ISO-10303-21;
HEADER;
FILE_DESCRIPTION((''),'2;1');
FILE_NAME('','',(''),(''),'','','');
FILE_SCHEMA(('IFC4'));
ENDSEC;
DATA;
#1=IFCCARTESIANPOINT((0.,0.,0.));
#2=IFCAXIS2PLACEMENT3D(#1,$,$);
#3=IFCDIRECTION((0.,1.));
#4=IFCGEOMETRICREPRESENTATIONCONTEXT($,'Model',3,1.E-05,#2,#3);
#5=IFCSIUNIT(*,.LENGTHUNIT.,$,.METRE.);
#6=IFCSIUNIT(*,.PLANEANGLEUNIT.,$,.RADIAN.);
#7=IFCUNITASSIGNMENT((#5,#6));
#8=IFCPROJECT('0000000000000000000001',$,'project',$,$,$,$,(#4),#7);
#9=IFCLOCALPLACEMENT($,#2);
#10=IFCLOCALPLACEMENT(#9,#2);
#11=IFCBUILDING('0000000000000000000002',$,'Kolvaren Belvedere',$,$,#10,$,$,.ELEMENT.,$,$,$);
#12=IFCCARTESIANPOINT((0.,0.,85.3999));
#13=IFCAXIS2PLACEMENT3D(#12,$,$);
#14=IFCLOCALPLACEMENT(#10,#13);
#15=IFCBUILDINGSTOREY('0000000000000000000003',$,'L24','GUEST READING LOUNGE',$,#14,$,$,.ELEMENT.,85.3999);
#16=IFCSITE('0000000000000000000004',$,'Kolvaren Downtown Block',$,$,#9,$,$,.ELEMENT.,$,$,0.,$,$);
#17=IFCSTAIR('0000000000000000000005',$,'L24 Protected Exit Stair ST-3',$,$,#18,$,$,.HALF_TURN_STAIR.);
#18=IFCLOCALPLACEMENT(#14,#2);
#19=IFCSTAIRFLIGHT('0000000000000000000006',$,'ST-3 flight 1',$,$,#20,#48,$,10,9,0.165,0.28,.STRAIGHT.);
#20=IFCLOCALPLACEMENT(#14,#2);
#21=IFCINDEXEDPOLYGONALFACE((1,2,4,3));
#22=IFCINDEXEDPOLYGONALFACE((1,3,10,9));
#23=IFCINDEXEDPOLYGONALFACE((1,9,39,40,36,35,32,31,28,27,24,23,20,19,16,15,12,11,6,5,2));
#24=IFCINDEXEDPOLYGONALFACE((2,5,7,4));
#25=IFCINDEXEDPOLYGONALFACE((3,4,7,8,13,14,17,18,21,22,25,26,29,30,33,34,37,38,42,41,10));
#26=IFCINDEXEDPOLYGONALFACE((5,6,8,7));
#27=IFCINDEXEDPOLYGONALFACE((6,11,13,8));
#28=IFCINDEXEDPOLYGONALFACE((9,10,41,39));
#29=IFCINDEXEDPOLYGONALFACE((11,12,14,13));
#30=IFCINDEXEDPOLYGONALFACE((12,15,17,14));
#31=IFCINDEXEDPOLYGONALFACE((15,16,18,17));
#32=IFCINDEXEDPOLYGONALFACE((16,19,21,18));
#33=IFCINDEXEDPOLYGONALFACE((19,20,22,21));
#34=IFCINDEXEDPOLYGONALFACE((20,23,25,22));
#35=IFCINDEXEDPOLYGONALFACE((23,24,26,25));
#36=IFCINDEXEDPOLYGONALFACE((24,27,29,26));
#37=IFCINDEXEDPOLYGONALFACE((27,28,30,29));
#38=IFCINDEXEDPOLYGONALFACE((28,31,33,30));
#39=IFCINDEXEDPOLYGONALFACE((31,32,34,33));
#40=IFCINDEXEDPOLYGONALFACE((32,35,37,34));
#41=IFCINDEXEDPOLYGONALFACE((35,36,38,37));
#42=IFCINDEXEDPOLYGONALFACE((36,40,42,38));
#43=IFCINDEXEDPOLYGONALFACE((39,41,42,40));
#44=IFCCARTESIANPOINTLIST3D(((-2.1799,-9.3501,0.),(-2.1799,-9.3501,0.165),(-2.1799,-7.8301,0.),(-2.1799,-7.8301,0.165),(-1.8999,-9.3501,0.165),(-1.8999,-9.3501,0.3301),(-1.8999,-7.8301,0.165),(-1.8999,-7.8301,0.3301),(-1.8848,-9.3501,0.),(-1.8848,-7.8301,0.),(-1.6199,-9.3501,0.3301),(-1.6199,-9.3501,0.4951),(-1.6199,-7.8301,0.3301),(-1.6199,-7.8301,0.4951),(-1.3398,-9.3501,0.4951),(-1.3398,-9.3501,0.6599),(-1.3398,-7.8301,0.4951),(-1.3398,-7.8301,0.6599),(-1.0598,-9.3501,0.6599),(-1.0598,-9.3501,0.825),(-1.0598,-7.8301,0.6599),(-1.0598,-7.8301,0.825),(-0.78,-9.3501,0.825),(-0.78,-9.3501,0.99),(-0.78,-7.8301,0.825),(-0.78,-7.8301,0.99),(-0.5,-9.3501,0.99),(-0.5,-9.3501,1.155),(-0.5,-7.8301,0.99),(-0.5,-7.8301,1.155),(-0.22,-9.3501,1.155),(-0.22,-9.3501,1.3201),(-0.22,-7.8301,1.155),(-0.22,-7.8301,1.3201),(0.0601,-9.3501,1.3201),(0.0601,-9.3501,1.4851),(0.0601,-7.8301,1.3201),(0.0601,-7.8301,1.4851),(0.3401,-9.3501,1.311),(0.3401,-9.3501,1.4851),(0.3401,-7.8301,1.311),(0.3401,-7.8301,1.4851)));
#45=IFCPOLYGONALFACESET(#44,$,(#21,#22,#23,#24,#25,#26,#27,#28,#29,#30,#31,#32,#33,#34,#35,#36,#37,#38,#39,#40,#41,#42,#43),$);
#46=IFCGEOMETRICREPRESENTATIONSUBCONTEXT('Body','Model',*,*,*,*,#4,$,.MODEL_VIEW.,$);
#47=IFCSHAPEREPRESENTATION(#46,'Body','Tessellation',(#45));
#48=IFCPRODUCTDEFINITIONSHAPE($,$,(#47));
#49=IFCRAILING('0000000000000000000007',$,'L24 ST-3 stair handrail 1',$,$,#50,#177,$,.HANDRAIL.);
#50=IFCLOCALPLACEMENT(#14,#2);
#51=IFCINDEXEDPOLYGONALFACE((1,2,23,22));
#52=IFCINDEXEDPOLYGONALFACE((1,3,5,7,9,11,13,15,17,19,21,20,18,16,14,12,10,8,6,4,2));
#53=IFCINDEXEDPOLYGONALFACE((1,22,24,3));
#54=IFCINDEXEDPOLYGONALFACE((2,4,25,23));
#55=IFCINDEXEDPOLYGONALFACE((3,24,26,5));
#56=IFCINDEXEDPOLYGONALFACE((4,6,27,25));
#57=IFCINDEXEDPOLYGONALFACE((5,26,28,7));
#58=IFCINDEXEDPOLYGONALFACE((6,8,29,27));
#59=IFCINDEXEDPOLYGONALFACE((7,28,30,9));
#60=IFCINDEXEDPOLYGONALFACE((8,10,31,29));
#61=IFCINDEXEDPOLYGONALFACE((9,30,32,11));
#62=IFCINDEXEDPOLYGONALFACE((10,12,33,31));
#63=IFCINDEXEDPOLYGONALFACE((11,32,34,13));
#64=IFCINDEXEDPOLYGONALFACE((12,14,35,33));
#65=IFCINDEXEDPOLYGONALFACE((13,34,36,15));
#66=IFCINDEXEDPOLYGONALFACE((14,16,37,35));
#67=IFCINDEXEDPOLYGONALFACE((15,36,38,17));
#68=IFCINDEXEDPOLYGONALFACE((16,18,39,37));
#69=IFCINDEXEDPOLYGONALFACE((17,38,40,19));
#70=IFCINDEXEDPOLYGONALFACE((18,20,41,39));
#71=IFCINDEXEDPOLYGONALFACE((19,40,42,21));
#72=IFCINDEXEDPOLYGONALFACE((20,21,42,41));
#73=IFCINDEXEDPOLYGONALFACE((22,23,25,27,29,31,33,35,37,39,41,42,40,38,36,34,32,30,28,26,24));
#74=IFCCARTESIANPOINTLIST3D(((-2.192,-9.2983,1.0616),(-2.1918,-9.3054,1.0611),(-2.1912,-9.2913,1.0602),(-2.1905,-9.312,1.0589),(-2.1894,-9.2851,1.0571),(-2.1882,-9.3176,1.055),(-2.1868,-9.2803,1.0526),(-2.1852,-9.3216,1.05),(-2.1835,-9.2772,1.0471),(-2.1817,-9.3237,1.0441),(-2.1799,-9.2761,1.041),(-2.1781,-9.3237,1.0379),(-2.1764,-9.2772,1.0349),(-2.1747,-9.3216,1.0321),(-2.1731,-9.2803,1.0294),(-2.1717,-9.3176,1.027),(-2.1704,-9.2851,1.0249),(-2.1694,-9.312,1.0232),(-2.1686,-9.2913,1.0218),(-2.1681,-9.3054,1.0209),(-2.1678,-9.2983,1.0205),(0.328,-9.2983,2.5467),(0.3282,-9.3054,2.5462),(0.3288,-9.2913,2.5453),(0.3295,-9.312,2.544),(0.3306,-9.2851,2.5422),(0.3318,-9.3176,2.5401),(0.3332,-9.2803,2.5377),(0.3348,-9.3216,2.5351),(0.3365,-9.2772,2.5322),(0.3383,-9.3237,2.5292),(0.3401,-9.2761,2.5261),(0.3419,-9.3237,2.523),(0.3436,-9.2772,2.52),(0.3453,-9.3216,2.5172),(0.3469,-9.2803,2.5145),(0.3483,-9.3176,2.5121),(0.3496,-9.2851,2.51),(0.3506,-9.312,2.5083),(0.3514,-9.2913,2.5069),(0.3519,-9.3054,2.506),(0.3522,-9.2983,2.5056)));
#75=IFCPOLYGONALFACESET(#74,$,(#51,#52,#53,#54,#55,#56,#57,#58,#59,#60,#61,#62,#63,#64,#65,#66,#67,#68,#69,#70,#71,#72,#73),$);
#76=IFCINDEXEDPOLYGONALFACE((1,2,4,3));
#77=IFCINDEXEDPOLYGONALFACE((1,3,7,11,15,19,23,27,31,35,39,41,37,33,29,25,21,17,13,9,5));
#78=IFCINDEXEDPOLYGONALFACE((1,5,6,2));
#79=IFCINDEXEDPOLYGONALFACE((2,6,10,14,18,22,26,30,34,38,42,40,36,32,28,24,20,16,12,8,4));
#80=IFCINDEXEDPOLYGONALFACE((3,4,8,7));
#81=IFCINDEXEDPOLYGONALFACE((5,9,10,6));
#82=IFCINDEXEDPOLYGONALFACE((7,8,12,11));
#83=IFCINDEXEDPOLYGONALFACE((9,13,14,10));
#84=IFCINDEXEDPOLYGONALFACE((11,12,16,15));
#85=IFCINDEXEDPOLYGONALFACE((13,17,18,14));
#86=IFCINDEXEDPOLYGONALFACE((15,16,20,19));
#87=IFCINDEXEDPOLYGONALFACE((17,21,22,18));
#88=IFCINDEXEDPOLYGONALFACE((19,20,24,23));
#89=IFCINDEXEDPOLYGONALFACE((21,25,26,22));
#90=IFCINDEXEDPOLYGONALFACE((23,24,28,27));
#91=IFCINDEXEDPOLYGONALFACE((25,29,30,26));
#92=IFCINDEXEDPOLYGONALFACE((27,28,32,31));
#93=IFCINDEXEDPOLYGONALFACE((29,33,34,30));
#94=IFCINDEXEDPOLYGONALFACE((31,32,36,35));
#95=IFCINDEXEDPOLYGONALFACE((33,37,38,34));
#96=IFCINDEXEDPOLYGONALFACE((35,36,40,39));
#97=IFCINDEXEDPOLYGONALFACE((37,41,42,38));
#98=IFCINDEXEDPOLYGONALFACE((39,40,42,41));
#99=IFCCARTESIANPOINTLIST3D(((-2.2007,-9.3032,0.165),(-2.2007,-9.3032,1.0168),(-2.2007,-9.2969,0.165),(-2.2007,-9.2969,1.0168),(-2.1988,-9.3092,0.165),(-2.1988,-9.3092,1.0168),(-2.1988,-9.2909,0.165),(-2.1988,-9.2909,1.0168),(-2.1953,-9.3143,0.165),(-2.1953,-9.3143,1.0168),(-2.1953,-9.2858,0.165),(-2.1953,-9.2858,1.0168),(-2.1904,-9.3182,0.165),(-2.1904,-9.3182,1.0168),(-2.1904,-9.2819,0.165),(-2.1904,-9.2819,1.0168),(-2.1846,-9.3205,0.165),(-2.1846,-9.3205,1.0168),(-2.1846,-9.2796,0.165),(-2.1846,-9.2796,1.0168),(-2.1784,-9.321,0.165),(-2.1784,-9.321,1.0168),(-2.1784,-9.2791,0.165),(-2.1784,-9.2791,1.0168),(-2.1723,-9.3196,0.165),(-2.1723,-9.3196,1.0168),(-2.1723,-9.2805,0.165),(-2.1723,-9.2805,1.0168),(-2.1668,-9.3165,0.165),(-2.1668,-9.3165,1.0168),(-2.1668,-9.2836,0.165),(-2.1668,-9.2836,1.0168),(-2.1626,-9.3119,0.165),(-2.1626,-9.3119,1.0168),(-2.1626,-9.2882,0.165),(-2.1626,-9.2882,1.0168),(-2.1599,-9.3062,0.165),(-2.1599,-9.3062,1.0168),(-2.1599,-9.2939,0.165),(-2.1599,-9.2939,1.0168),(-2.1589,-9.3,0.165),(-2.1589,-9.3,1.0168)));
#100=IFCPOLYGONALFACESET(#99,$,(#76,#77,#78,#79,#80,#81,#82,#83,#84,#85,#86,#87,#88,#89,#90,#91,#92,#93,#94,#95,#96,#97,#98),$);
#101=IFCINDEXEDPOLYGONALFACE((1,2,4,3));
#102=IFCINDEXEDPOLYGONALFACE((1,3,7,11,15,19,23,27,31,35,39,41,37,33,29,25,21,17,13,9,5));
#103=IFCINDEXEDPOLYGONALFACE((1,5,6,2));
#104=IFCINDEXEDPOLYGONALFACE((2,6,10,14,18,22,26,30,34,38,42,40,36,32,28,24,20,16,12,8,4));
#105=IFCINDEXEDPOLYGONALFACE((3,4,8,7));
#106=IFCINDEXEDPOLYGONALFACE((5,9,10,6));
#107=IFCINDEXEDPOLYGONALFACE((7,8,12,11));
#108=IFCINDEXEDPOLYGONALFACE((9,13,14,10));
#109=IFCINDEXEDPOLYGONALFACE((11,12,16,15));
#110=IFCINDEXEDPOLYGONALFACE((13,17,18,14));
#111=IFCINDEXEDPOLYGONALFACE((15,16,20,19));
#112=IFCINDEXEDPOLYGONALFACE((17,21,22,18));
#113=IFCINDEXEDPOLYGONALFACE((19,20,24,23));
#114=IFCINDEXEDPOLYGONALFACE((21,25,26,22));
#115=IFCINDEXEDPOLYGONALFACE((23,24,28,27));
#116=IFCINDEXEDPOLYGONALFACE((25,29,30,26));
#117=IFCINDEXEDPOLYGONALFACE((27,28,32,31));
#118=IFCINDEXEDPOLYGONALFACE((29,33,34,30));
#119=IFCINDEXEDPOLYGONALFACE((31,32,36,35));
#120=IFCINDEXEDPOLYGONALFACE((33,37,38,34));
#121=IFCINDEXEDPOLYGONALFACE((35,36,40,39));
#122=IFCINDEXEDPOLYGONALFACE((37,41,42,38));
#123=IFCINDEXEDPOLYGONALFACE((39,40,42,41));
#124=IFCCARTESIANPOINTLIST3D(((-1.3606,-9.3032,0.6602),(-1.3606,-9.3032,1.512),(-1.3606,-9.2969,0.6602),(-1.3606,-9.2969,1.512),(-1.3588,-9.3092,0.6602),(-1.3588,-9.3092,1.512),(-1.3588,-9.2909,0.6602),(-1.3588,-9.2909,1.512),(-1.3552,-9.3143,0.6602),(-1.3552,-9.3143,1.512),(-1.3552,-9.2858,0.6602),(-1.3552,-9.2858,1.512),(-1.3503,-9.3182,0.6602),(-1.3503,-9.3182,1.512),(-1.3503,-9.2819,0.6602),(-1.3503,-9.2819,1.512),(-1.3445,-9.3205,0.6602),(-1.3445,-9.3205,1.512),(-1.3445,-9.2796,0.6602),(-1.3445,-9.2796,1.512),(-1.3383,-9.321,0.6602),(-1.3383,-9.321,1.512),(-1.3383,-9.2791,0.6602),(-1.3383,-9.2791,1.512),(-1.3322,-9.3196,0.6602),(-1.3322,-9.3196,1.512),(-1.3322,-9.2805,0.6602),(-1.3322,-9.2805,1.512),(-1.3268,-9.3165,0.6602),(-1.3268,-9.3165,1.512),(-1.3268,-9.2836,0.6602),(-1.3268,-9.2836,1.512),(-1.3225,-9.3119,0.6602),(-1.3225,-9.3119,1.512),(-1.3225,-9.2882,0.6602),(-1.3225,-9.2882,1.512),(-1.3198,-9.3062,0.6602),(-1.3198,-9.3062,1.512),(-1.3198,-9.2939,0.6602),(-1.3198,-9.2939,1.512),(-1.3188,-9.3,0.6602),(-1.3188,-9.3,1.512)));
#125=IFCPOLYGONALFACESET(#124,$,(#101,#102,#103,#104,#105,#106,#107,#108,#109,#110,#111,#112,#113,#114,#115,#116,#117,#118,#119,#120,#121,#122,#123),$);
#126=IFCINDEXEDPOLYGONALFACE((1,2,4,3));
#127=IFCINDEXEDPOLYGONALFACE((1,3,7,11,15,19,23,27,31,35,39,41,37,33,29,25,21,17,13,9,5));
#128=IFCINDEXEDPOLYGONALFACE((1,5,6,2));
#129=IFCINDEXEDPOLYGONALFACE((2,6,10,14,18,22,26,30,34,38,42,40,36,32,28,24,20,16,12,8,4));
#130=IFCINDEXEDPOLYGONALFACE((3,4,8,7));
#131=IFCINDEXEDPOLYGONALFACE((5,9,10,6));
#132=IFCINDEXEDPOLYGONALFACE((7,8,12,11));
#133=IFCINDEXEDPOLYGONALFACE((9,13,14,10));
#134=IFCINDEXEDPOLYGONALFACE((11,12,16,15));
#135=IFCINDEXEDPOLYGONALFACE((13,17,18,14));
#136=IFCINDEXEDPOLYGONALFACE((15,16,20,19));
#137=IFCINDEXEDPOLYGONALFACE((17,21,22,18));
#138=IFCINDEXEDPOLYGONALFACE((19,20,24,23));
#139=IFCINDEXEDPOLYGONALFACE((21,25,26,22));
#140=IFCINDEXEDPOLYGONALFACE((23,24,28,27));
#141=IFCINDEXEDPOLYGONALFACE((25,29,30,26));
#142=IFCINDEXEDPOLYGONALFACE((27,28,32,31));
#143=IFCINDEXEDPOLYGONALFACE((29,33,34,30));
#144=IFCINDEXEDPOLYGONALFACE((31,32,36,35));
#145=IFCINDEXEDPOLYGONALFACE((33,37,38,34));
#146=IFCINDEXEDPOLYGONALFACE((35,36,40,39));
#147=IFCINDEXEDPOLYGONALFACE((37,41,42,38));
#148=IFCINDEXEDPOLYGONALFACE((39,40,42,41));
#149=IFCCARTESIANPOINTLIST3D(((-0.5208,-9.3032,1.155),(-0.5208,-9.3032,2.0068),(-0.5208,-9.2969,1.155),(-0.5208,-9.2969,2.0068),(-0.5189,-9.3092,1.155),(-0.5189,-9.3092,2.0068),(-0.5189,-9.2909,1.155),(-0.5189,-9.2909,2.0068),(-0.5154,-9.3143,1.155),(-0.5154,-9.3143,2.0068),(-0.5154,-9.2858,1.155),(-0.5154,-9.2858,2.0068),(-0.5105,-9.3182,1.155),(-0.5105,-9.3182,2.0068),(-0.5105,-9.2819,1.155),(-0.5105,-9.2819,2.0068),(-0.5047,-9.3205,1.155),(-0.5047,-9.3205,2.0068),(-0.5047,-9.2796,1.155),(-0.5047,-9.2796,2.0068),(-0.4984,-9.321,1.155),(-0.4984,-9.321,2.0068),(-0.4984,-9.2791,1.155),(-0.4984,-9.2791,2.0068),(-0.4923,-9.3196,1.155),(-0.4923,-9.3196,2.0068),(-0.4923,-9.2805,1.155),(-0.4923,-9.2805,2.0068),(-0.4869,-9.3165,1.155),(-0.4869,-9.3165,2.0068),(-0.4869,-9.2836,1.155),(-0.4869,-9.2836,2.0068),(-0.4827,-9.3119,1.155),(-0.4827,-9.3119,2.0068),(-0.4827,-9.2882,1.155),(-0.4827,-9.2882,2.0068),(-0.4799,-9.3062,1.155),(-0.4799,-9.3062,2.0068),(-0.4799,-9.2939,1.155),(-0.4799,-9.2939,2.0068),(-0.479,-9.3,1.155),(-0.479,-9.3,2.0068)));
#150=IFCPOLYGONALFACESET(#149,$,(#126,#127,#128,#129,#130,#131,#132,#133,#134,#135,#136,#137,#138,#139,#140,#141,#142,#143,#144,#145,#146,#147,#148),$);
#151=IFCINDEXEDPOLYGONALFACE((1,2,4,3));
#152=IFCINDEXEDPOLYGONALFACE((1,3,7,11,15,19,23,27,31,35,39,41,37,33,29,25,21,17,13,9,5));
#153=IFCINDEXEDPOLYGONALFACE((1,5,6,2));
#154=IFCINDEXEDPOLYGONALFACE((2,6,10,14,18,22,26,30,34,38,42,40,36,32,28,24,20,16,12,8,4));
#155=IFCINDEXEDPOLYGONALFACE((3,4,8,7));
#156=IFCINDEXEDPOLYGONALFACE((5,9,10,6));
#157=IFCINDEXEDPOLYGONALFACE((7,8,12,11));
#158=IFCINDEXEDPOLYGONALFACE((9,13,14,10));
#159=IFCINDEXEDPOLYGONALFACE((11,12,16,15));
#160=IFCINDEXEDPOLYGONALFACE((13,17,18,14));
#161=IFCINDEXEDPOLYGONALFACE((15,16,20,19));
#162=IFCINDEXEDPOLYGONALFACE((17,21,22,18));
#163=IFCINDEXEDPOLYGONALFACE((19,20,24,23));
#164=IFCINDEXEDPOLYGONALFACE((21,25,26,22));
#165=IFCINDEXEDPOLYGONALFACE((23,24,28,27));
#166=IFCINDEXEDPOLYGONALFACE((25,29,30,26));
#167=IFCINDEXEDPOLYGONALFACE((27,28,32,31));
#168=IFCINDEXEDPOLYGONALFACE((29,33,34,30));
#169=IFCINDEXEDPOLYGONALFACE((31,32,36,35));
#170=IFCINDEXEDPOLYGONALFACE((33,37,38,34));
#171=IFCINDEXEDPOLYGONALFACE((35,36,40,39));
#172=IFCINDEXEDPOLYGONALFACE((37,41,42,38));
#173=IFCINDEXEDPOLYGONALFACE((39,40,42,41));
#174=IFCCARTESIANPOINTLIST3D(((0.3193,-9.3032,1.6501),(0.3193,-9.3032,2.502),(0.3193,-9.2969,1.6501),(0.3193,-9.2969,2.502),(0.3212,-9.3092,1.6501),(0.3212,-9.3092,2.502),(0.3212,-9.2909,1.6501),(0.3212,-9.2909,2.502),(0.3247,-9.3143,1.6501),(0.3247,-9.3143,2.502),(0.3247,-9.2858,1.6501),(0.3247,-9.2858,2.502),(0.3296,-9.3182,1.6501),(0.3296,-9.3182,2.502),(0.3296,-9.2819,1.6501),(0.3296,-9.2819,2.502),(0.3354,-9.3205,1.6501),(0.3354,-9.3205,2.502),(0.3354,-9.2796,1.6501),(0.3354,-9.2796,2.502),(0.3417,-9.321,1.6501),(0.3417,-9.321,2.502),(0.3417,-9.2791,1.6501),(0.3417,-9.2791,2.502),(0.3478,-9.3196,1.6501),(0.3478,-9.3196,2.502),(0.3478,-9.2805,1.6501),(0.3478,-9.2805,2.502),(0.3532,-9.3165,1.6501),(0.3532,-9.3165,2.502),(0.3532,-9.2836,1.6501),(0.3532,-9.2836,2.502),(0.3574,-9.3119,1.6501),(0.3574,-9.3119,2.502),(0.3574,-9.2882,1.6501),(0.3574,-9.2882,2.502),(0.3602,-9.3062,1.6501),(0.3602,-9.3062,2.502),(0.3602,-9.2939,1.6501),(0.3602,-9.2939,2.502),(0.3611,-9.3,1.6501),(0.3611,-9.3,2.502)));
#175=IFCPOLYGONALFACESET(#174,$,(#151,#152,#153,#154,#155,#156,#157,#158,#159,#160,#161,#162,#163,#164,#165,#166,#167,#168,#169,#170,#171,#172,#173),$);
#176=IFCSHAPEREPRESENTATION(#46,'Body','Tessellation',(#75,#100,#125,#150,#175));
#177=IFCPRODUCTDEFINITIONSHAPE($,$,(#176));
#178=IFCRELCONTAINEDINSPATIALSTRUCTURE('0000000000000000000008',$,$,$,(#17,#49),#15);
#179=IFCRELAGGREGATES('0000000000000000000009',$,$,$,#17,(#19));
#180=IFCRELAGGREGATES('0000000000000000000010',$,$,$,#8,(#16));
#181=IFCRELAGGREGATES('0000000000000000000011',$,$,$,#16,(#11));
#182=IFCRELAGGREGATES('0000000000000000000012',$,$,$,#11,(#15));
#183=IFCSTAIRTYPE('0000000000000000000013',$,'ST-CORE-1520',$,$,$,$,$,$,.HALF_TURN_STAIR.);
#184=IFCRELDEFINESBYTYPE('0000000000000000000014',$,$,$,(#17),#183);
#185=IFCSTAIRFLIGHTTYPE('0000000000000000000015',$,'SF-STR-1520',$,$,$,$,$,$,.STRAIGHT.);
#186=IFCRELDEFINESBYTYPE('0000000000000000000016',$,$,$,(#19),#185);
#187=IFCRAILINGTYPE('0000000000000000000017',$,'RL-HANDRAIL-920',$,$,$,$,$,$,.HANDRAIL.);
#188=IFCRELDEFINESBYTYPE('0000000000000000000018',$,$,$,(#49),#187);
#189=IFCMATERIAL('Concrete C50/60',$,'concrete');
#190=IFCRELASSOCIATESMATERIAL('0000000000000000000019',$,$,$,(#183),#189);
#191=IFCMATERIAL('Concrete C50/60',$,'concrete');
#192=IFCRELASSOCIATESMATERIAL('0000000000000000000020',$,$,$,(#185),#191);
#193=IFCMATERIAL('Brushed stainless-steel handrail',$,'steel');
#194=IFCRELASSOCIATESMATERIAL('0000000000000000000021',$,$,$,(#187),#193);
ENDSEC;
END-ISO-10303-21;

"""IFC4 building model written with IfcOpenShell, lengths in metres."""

from ifc_helpers import new_model, si_unit, direction, frame, origin, origin_2d, place, context, subcontext, project, spatial, polyline, circle, outline, extrude, material, type_object, element, aggregate, save


model = new_model("IFC4")

# Units and contexts
model_context = context("Model", 3, precision=1e-05, world=origin(), true_north=direction((0.0, 1.0)))
body_context = subcontext(model_context, "Body", "Model", "MODEL_VIEW")
ifc_project = project(units=[si_unit("LENGTHUNIT", "METRE"), si_unit("PLANEANGLEUNIT", "RADIAN")], contexts=[model_context])

# Site, building, storey
site_placement = place(None, origin())
site = spatial("IfcSite", under=ifc_project, at=site_placement, Name="Kolvaren Downtown Block", CompositionType="ELEMENT", RefElevation=0.0)
building_placement = place(site_placement, origin())
building = spatial("IfcBuilding", under=site, at=building_placement, Name="Kolvaren Belvedere", CompositionType="ELEMENT")
storey_placement = place(building_placement, frame((0.0, 0.0, 85.3999)))
storey = spatial("IfcBuildingStorey", under=building, at=storey_placement, Name="L24", Description="GUEST READING LOUNGE", CompositionType="ELEMENT", Elevation=85.3999)

# Stair, stair flight
ifc_material_1 = material(Name="Concrete C50/60", Category="concrete")
stair_type = type_object("IfcStairType", Name="ST-CORE-1520", PredefinedType="HALF_TURN_STAIR", material=ifc_material_1)
stair_placement = place(storey_placement, origin())
stair = element("IfcStair", 1, at=stair_placement, inside=storey, type_object=stair_type, Name="L24 Protected Exit Stair ST-3", PredefinedType="HALF_TURN_STAIR")
ifc_material_2 = material(Name="Concrete C50/60", Category="concrete")
stair_flight_type = type_object("IfcStairFlightType", Name="SF-STR-1520", PredefinedType="STRAIGHT", material=ifc_material_2)
stair_flight_placement = place(storey_placement, frame((-2.1799, -8.5901, 0.0), z_axis=(0.0, 0.0, 1.0), x_axis=(1.0, 0.0, 0.0)))
stair_flight = element("IfcStairFlight", 2, at=stair_flight_placement, type_object=stair_flight_type, Name="ST-3 flight 1", NumberOfRisers=10, NumberOfTreads=9, PredefinedType="STRAIGHT", RiserHeight=0.165, TreadLength=0.28, context=body_context, shape_type="SweptSolid", body=[
    extrude(outline(polyline([(0.0, 0.0), (0.0, 0.165), (0.28, 0.165), (0.28, 0.3301), (0.5601, 0.3301), (0.5601, 0.4951), (0.8401, 0.4951), (0.8401, 0.6599), (1.1201, 0.6599), (1.1201, 0.825), (1.3999, 0.825), (1.3999, 0.99), (1.6799, 0.99), (1.6799, 1.155), (1.96, 1.155), (1.96, 1.3201), (2.24, 1.3201), (2.24, 1.4851), (2.52, 1.4851), (2.52, 1.6499), (2.52, 1.311), (0.2952, 0.0), (0.0, 0.0)])), frame((0.0, 0.76, 0.0), z_axis=(0.0, -1.0, 0.0), x_axis=(1.0, 0.0, 0.0)), (0.0, 0.0, 1.0), 1.52),
])
aggregate(stair, [stair_flight])

# Railing
ifc_material_3 = material(Name="Brushed stainless-steel handrail", Category="steel")
railing_type_1 = type_object("IfcRailingType", Name="RL-HANDRAIL-920", PredefinedType="HANDRAIL", material=ifc_material_3)
railing_1_placement = place(storey_placement, frame((-2.1799, -9.3, 0.165)))
element("IfcRailing", 3, at=railing_1_placement, inside=storey, type_object=railing_type_1, Name="L24 ST-3 stair handrail 1", PredefinedType="HANDRAIL", context=body_context, shape_type="SweptSolid", body=[
    extrude(circle(Radius=0.0239, at=origin_2d()), frame((0.0, 0.0, 0.876), z_axis=(0.861524, 0.0, 0.507717), x_axis=(0.0, 1.0, 0.0)), (0.0, 0.0, 1.0), 2.925),
    extrude(circle(Radius=0.021, at=origin_2d()), origin(), (0.0, 0.0, 1.0), 0.8518),
    extrude(circle(Radius=0.021, at=origin_2d()), frame((0.8401, 0.0, 0.4951)), (0.0, 0.0, 1.0), 0.8518),
    extrude(circle(Radius=0.021, at=origin_2d()), frame((1.6799, 0.0, 0.99)), (0.0, 0.0, 1.0), 0.8518),
    extrude(circle(Radius=0.021, at=origin_2d()), frame((2.52, 0.0, 1.4851)), (0.0, 0.0, 1.0), 0.8518),
])

save(model, "model.ifc")
